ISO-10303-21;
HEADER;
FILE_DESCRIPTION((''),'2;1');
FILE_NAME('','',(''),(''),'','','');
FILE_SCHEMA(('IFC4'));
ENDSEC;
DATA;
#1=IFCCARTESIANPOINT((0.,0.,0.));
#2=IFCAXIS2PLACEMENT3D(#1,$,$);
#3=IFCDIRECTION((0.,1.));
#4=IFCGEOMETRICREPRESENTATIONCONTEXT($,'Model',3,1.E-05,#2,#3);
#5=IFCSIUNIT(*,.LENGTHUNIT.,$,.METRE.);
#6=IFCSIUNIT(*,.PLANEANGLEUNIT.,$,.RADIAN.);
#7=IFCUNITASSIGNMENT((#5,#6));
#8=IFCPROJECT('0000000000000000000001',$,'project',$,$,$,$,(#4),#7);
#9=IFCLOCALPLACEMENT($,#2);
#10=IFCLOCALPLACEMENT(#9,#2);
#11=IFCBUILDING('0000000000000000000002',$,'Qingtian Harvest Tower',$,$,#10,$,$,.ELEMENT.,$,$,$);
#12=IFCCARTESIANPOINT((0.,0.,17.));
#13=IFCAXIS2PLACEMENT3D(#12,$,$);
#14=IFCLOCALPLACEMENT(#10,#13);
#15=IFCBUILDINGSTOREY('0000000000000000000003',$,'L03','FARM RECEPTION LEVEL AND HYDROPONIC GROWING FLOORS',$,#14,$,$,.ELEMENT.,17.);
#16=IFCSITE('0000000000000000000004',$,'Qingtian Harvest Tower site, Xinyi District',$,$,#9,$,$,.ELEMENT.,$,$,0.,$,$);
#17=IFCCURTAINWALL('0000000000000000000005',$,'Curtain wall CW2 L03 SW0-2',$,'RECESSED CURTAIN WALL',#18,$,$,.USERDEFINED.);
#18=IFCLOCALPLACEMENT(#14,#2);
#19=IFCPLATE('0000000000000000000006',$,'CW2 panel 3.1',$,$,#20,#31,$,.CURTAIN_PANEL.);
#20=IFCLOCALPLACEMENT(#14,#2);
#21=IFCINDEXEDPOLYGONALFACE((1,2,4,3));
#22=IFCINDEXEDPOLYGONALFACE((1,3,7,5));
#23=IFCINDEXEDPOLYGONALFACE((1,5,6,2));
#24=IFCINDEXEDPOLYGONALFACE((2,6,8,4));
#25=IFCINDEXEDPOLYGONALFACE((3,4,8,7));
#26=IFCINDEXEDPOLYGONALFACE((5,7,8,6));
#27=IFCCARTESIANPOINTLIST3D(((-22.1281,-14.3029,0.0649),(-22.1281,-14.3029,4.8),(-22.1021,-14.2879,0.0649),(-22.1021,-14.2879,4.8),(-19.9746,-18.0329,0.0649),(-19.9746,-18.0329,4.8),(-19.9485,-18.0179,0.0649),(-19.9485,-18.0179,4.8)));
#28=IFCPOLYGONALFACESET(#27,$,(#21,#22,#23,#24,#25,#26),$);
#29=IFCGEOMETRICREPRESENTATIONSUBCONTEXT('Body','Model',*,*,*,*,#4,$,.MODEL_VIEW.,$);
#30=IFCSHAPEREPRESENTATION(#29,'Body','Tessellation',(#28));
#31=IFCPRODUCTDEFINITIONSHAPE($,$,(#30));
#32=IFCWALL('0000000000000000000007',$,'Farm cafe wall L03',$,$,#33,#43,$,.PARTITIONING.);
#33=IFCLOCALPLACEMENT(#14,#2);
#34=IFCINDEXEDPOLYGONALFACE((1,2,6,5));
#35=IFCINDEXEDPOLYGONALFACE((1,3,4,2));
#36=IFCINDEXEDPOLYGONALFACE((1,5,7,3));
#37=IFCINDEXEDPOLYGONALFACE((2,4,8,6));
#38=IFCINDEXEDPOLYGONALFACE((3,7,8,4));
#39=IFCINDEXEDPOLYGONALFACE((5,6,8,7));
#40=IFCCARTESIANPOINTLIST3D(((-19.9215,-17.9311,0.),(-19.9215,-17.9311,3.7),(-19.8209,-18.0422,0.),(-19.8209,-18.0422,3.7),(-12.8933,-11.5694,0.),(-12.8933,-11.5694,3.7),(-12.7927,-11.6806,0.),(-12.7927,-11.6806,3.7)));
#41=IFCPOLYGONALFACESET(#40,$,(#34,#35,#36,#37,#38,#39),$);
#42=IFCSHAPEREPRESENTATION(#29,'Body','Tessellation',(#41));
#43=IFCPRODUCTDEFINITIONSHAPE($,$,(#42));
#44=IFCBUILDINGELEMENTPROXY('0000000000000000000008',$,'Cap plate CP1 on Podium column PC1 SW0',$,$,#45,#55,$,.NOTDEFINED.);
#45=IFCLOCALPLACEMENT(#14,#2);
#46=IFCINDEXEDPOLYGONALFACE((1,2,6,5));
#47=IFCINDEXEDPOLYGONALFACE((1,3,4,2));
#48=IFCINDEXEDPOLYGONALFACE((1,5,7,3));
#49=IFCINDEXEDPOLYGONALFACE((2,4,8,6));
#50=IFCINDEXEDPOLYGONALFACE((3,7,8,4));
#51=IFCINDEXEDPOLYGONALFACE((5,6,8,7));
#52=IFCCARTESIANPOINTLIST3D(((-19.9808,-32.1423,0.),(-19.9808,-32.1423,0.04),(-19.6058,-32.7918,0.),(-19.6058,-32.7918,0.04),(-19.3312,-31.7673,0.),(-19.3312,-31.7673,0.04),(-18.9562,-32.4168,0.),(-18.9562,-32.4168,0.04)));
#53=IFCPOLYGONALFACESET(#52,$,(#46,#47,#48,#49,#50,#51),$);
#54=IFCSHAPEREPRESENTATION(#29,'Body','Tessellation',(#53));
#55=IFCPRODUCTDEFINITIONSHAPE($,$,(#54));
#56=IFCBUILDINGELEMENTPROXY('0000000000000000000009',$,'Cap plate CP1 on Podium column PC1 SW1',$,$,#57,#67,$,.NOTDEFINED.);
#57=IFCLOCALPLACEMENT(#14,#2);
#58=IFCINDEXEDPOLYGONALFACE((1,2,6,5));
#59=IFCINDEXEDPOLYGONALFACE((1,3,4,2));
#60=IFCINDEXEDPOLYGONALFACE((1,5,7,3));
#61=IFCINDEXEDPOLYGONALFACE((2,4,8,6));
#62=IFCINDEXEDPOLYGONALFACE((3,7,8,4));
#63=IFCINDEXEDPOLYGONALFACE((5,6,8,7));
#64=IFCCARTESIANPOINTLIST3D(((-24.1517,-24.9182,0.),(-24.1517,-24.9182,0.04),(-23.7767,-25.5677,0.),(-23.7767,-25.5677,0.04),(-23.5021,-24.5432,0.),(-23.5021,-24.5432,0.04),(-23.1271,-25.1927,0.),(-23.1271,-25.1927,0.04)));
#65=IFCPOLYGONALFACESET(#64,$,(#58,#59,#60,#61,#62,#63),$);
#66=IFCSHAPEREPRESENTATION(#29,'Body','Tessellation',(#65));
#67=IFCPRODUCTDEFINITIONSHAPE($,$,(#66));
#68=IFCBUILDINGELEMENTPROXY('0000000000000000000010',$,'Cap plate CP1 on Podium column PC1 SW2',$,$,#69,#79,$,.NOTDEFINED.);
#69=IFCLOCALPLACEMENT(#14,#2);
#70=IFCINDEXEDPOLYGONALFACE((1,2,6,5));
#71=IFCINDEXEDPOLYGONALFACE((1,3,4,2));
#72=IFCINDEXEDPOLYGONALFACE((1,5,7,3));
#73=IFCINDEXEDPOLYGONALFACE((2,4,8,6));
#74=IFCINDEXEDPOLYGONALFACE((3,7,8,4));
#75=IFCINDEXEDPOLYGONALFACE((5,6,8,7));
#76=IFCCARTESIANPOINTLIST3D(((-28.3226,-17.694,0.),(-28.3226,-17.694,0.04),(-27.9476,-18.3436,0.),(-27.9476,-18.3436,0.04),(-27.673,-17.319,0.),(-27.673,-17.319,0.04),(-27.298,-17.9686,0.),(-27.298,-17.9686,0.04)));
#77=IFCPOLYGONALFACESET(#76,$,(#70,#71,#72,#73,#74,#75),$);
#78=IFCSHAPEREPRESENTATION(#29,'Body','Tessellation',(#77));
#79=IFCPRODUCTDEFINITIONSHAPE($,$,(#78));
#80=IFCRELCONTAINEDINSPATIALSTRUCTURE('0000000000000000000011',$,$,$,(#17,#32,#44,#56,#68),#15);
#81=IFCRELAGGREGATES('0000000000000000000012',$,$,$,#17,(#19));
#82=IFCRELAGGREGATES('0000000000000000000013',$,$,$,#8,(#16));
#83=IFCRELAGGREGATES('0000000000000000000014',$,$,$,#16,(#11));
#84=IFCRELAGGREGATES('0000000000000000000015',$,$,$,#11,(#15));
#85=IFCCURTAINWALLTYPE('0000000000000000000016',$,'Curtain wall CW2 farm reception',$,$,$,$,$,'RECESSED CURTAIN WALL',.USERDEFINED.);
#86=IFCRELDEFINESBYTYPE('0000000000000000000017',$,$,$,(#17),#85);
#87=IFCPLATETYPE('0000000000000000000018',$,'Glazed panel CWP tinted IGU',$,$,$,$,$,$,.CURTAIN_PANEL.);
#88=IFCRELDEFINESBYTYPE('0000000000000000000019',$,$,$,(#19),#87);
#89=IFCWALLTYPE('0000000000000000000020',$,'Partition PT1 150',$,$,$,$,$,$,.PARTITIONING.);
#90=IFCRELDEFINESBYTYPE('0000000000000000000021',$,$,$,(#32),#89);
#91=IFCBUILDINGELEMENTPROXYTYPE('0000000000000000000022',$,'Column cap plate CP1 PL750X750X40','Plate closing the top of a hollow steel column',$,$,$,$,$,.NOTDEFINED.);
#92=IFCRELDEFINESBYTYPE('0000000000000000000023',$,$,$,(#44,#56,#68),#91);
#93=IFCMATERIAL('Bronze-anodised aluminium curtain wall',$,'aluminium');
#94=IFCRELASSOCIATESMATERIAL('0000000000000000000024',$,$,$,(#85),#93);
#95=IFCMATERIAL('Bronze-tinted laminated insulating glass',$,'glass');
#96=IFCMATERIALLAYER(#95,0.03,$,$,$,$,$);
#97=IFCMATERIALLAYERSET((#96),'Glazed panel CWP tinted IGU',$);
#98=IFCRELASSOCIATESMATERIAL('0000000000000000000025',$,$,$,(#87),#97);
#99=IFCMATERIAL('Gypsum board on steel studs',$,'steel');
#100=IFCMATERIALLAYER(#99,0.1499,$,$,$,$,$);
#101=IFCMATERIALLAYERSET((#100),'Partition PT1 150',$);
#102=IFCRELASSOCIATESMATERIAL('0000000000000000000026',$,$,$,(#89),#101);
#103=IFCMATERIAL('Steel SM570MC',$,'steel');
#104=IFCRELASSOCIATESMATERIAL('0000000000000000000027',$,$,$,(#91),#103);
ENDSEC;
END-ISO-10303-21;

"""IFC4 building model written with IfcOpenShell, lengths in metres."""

from ifc_helpers import new_model, si_unit, direction, frame, frame_2d, origin, origin_2d, place, context, subcontext, project, spatial, rectangle, extrude, material, layer, layer_set, material_profile, profile_set, type_object, element, aggregate, save


model = new_model("IFC4")

# Units and contexts
model_context = context("Model", 3, precision=1e-05, world=origin(), true_north=direction((0.0, 1.0)))
body_context = subcontext(model_context, "Body", "Model", "MODEL_VIEW")
ifc_project = project(units=[si_unit("LENGTHUNIT", "METRE"), si_unit("PLANEANGLEUNIT", "RADIAN")], contexts=[model_context])

# Site, building, storey
site_placement = place(None, origin())
site = spatial("IfcSite", under=ifc_project, at=site_placement, Name="Qingtian Harvest Tower site, Xinyi District", CompositionType="ELEMENT", RefElevation=0.0)
building_placement = place(site_placement, origin())
building = spatial("IfcBuilding", under=site, at=building_placement, Name="Qingtian Harvest Tower", CompositionType="ELEMENT")
storey_placement = place(building_placement, frame((0.0, 0.0, 17.0)))
storey = spatial("IfcBuildingStorey", under=building, at=storey_placement, Name="L03", Description="FARM RECEPTION LEVEL AND HYDROPONIC GROWING FLOORS", CompositionType="ELEMENT", Elevation=17.0)

# Curtain wall
ifc_material_1 = material(Name="Bronze-anodised aluminium curtain wall", Category="aluminium")
curtain_wall_type = type_object("IfcCurtainWallType", Name="Curtain wall CW2 farm reception", ElementType="RECESSED CURTAIN WALL", PredefinedType="USERDEFINED", material=ifc_material_1)
curtain_wall_placement = place(storey_placement, origin())
curtain_wall = element("IfcCurtainWall", 1, at=curtain_wall_placement, inside=storey, type_object=curtain_wall_type, Name="Curtain wall CW2 L03 SW0-2", ObjectType="RECESSED CURTAIN WALL", PredefinedType="USERDEFINED")

# Plate
ifc_material_2 = material(Name="Bronze-tinted laminated insulating glass", Category="glass")
ifc_layer_1 = layer(ifc_material_2, 0.03)
ifc_layer_set_1 = layer_set([ifc_layer_1], Name="Glazed panel CWP tinted IGU")
plate_type = type_object("IfcPlateType", Name="Glazed panel CWP tinted IGU", PredefinedType="CURTAIN_PANEL", material=ifc_layer_set_1)
plate_1_placement = place(storey_placement, frame((-21.0383, -16.1604, 0.0649), z_axis=(0.0, 0.0, 1.0), x_axis=(-0.5, 0.866025, 0.0)))
plate_1 = element("IfcPlate", 2, at=plate_1_placement, type_object=plate_type, Name="CW2 panel 3.1", PredefinedType="CURTAIN_PANEL", context=body_context, shape_type="SweptSolid", body=[
    extrude(rectangle(XDim=4.3071, YDim=0.03, at=origin_2d()), origin(), (0.0, 0.0, 1.0), 4.7351),
])
aggregate(curtain_wall, [plate_1])

# Wall
ifc_material_3 = material(Name="Gypsum board on steel studs", Category="steel")
ifc_layer_2 = layer(ifc_material_3, 0.1499)
ifc_layer_set_2 = layer_set([ifc_layer_2], Name="Partition PT1 150")
wall_type = type_object("IfcWallType", Name="Partition PT1 150", PredefinedType="PARTITIONING", material=ifc_layer_set_2)
wall_placement = place(storey_placement, frame((-19.8711, -17.9866, 0.0), z_axis=(0.0, 0.0, 1.0), x_axis=(0.741387, 0.671078, 0.0)))
element("IfcWall", 3, at=wall_placement, inside=storey, type_object=wall_type, Name="Farm cafe wall L03", PredefinedType="PARTITIONING", context=body_context, shape_type="SweptSolid", body=[
    extrude(rectangle(XDim=9.4797, YDim=0.1499, at=frame_2d((4.7397, 0.0))), origin(), (0.0, 0.0, 1.0), 3.7),
])

# Building element proxies
ifc_material_4 = material(Name="Steel SM570MC", Category="steel")
ifc_material_profile_1 = material_profile(ifc_material_4, rectangle(XDim=0.75, YDim=0.75, at=origin_2d()), Name="PL750X750X40")
ifc_profile_set_1 = profile_set([ifc_material_profile_1], Name="Steel SM570MC")
building_element_proxy_type = type_object("IfcBuildingElementProxyType", Name="Column cap plate CP1 PL750X750X40", Description="Plate closing the top of a hollow steel column", PredefinedType="NOTDEFINED", material=ifc_profile_set_1)
for number, where, z_axis, x_axis, name in (
    (4, (-19.4685, -32.2795, 0.0), (0.0, 0.0, 1.0), (0.5, -0.866025, 0.0), "Cap plate CP1 on Podium column PC1 SW0"),
    (5, (-23.6394, -25.0554, 0.0), (0.0, 0.0, 1.0), (0.5, -0.866025, 0.0), "Cap plate CP1 on Podium column PC1 SW1"),
    (6, (-27.8103, -17.8313, 0.0), (0.0, 0.0, 1.0), (0.5, -0.866025, 0.0), "Cap plate CP1 on Podium column PC1 SW2"),
):
    element("IfcBuildingElementProxy", number, at=place(storey_placement, frame(where, z_axis=z_axis, x_axis=x_axis)), inside=storey, type_object=building_element_proxy_type, Name=name, PredefinedType="NOTDEFINED", context=body_context, shape_type="SweptSolid", body=[
        extrude(rectangle(XDim=0.75, YDim=0.75, at=origin_2d()), origin(), (0.0, 0.0, 1.0), 0.04),
    ])

save(model, "model.ifc")
